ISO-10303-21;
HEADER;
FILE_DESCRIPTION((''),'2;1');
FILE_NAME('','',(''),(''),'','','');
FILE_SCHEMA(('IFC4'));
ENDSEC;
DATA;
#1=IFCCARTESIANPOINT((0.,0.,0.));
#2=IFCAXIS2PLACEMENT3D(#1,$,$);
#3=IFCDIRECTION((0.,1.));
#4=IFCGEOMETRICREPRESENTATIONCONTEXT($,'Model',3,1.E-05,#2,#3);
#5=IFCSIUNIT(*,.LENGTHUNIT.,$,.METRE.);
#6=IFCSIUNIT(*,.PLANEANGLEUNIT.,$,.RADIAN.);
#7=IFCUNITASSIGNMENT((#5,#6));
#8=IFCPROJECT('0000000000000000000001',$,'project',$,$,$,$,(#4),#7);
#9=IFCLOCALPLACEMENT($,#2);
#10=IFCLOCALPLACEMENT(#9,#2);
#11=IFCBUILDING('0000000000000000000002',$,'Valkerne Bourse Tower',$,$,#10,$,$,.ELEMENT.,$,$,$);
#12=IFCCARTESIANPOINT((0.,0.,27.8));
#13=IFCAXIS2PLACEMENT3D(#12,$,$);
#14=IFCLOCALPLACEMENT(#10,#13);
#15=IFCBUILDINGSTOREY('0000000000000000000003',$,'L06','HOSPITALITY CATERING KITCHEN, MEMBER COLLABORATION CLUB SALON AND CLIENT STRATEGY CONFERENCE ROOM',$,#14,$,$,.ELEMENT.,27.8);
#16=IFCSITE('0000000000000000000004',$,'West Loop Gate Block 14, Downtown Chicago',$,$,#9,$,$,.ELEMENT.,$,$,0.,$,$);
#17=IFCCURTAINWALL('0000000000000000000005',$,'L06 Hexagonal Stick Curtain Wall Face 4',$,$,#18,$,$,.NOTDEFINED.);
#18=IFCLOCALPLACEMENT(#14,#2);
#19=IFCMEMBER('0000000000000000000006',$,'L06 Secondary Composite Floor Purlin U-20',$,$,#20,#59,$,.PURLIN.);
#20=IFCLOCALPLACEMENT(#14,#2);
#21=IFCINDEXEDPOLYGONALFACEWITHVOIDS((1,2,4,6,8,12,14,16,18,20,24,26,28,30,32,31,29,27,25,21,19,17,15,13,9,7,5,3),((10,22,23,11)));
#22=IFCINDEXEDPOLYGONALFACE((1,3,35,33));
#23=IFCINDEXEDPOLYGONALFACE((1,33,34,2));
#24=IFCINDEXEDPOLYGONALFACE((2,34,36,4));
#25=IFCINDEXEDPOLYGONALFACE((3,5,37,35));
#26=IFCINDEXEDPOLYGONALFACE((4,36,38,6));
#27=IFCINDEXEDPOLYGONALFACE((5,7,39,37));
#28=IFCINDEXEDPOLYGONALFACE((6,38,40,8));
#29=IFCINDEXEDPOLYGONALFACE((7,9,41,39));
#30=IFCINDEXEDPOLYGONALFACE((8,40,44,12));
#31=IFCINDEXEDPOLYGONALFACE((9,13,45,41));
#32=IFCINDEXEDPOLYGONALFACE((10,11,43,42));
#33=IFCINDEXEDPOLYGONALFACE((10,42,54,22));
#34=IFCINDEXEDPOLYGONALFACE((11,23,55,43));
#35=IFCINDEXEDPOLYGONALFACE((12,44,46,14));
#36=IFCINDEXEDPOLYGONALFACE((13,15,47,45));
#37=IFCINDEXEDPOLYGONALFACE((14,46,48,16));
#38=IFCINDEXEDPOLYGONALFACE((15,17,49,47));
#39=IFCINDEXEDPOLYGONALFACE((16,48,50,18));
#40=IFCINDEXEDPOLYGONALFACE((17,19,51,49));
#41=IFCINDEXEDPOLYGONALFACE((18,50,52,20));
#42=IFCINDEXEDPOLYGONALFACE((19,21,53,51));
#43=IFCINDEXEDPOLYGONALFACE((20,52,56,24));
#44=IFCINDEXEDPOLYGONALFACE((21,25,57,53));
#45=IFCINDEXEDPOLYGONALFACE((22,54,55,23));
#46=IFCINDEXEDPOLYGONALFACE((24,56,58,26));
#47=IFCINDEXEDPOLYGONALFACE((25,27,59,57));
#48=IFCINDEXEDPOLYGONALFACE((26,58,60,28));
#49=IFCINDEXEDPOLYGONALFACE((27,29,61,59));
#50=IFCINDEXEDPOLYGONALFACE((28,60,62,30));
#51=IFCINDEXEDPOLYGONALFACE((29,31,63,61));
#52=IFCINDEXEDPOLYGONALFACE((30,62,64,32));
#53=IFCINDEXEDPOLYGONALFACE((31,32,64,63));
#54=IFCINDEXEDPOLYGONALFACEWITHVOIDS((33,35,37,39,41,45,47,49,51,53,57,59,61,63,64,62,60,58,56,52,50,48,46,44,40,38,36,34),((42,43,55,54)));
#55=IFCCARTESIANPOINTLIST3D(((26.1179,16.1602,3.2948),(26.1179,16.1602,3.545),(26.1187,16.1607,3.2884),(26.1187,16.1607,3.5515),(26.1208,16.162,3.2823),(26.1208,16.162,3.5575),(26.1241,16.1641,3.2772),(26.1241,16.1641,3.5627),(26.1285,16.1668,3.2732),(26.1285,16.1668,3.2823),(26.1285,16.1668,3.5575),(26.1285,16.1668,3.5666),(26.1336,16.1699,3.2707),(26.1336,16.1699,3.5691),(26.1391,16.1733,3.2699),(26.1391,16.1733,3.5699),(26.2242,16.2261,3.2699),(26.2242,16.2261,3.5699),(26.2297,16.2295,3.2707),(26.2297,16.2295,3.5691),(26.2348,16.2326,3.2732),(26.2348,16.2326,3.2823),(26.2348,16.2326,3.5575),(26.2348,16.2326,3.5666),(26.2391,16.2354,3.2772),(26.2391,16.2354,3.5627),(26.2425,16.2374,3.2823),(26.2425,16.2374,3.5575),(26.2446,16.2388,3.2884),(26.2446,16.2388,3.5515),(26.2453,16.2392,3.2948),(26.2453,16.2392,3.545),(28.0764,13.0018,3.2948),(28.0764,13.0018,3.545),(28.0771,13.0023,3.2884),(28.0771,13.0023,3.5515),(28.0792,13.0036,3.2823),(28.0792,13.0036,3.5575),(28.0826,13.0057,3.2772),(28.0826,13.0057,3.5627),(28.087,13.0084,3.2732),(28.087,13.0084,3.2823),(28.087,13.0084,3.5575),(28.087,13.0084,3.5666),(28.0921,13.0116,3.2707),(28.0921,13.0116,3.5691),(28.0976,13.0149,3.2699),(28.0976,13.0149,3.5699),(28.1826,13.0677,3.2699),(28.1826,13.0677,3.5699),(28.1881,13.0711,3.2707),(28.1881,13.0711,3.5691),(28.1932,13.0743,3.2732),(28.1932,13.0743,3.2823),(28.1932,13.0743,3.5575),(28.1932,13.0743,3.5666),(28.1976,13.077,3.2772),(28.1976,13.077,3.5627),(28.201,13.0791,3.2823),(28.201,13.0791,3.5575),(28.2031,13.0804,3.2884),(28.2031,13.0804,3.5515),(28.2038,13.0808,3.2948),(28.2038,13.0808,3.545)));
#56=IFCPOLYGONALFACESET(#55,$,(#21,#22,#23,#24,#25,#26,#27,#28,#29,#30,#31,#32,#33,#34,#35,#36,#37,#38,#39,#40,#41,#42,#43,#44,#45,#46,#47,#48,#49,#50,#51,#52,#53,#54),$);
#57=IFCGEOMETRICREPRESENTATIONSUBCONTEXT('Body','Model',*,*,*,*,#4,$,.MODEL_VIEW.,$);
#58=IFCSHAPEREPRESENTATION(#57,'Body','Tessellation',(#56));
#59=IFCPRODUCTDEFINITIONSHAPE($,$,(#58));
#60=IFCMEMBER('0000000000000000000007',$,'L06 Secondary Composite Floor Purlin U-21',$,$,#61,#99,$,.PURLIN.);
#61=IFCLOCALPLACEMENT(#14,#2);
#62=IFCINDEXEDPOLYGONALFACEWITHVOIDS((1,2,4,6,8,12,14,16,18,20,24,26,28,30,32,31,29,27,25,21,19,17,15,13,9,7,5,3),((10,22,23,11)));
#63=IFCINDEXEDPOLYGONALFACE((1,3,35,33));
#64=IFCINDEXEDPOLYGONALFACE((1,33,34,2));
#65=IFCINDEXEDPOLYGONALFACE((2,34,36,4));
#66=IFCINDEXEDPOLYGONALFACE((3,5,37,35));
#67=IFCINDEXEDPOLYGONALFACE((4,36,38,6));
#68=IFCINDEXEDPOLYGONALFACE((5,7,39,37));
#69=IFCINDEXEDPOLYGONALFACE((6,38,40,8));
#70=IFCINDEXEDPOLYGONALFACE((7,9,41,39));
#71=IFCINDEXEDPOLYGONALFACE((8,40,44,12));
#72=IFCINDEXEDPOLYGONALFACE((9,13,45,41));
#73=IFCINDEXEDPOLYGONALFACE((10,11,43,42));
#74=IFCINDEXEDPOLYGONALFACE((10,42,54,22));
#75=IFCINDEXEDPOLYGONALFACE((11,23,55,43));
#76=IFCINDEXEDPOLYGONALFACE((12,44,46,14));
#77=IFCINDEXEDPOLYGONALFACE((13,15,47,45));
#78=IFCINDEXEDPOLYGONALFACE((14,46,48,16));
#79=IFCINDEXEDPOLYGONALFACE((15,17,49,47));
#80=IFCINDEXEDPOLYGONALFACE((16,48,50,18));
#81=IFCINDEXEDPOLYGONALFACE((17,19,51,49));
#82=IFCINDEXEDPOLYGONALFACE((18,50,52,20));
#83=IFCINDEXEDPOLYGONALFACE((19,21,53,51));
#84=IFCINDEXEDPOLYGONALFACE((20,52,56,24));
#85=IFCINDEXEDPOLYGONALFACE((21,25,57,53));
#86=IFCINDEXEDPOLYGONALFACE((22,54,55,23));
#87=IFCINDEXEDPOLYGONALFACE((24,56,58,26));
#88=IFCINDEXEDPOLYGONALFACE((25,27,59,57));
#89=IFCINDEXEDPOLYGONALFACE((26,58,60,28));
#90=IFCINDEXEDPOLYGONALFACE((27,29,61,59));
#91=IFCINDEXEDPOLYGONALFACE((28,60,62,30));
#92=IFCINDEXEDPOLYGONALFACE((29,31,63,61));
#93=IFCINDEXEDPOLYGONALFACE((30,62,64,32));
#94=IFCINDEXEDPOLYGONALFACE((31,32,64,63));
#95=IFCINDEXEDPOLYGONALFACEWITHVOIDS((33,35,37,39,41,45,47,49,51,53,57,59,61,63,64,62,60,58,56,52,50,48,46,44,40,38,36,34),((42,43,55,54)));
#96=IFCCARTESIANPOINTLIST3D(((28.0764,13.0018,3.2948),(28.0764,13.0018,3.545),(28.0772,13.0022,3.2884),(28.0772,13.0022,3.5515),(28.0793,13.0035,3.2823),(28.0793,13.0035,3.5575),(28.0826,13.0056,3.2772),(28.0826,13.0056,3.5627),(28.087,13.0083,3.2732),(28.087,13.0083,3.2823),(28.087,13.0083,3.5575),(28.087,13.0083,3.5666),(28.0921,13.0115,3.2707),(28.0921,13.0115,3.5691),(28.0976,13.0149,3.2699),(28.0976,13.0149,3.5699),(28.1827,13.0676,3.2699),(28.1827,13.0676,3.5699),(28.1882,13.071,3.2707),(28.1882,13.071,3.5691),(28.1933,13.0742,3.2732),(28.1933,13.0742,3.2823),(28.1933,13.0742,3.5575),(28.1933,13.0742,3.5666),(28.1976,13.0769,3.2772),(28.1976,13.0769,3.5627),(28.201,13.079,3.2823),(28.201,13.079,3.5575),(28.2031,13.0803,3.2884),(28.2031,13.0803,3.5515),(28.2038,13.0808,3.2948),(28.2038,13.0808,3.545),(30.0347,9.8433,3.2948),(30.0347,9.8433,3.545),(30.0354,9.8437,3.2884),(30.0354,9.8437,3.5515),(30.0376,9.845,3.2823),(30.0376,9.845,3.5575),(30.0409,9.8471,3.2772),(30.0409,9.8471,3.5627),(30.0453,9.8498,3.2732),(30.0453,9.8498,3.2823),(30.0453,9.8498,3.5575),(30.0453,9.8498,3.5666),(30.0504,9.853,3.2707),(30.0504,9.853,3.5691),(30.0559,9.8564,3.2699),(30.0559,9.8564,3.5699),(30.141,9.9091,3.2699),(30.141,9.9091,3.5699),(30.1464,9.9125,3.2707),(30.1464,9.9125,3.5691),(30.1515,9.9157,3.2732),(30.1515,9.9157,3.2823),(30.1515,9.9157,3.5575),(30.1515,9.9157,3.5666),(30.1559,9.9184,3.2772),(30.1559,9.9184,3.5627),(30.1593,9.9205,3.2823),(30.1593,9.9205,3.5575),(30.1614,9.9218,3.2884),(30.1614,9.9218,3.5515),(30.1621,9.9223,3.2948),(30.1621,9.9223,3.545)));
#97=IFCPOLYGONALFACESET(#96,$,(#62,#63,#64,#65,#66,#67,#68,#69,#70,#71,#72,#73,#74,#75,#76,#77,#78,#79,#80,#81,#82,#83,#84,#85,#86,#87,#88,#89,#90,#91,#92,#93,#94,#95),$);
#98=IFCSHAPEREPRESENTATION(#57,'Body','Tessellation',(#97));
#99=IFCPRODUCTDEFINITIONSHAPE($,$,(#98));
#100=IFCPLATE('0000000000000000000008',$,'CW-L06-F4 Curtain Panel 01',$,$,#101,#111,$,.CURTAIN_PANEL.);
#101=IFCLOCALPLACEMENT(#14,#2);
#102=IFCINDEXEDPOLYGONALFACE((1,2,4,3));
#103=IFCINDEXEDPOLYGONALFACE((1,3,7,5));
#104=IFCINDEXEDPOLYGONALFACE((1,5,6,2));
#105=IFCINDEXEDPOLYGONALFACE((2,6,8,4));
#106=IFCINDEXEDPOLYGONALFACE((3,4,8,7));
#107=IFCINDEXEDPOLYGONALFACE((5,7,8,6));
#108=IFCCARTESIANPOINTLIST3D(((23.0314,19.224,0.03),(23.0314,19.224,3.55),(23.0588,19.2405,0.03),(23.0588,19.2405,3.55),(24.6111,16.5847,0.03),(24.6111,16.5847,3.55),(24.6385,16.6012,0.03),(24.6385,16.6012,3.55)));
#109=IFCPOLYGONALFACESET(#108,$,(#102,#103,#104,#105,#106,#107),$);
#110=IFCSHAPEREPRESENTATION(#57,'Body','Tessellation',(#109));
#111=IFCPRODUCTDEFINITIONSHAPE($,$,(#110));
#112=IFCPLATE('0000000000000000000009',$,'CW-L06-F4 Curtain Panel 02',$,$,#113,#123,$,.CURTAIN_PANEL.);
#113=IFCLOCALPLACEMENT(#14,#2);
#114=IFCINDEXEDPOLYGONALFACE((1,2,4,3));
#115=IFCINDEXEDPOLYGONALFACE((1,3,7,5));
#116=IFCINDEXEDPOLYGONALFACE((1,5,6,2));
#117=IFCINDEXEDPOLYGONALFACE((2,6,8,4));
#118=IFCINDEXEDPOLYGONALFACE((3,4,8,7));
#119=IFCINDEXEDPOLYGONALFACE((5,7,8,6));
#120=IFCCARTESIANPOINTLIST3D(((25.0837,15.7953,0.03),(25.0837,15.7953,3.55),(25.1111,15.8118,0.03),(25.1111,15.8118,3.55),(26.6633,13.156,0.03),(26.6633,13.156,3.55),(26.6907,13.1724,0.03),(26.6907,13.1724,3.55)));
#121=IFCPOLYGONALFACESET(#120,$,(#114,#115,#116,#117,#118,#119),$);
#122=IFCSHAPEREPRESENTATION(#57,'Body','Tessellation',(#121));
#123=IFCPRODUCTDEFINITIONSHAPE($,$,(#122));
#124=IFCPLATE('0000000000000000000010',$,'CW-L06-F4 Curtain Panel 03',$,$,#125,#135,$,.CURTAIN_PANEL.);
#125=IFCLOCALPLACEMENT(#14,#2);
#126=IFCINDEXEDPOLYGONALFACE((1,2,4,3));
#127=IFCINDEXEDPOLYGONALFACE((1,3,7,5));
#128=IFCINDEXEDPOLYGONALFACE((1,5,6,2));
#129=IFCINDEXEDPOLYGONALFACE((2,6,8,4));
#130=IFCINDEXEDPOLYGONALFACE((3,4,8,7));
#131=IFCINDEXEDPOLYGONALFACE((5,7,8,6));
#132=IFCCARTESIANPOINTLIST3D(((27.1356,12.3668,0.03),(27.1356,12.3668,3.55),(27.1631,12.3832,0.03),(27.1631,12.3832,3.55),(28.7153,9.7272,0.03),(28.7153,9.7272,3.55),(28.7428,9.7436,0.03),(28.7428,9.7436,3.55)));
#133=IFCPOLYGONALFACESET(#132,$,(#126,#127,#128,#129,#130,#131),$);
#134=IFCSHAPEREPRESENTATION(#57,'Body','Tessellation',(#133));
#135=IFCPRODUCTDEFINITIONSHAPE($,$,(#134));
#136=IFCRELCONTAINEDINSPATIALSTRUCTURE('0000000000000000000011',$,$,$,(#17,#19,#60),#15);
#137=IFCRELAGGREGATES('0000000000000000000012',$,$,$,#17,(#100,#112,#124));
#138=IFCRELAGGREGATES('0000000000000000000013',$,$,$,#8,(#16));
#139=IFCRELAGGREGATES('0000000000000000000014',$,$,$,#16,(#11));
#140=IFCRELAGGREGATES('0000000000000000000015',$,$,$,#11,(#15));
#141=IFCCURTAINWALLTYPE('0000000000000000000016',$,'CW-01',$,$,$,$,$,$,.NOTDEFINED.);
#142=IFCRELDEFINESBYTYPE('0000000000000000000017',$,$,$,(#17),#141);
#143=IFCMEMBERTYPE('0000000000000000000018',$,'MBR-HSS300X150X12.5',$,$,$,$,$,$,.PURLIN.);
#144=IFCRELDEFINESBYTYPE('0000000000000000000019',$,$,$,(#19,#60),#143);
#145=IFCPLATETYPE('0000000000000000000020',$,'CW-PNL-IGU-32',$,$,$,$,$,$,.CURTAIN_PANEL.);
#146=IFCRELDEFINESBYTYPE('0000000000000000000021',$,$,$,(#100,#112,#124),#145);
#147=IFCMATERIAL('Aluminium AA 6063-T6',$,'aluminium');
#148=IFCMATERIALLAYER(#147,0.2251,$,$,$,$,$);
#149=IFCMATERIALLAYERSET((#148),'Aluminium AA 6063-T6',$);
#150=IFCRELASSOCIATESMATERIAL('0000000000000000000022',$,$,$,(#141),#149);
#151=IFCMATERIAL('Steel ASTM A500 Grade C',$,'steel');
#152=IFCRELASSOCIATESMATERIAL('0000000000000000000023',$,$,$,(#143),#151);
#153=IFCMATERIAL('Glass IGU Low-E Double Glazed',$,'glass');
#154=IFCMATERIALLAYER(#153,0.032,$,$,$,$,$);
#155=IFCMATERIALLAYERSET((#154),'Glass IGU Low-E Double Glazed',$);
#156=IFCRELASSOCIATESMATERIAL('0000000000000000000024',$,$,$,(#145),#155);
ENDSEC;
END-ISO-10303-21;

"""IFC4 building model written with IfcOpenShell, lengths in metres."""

from ifc_helpers import new_model, si_unit, direction, frame, origin, origin_2d, place, context, subcontext, project, spatial, rectangle, hollow_rectangle, extrude, material, layer, layer_set, material_profile, profile_set, type_object, element, aggregate, save


model = new_model("IFC4")

# Units and contexts
model_context = context("Model", 3, precision=1e-05, world=origin(), true_north=direction((0.0, 1.0)))
body_context = subcontext(model_context, "Body", "Model", "MODEL_VIEW")
ifc_project = project(units=[si_unit("LENGTHUNIT", "METRE"), si_unit("PLANEANGLEUNIT", "RADIAN")], contexts=[model_context])

# Site, building, storey
site_placement = place(None, origin())
site = spatial("IfcSite", under=ifc_project, at=site_placement, Name="West Loop Gate Block 14, Downtown Chicago", CompositionType="ELEMENT", RefElevation=0.0)
building_placement = place(site_placement, origin())
building = spatial("IfcBuilding", under=site, at=building_placement, Name="Valkerne Bourse Tower", CompositionType="ELEMENT")
storey_placement = place(building_placement, frame((0.0, 0.0, 27.8)))
storey = spatial("IfcBuildingStorey", under=building, at=storey_placement, Name="L06", Description="HOSPITALITY CATERING KITCHEN, MEMBER COLLABORATION CLUB SALON AND CLIENT STRATEGY CONFERENCE ROOM", CompositionType="ELEMENT", Elevation=27.8)

# Curtain wall
ifc_material_1 = material(Name="Aluminium AA 6063-T6", Category="aluminium")
ifc_layer_1 = layer(ifc_material_1, 0.2251)
ifc_layer_set_1 = layer_set([ifc_layer_1], Name="Aluminium AA 6063-T6")
curtain_wall_type = type_object("IfcCurtainWallType", Name="CW-01", PredefinedType="NOTDEFINED", material=ifc_layer_set_1)
curtain_wall_placement = place(storey_placement, origin())
curtain_wall = element("IfcCurtainWall", 1, at=curtain_wall_placement, inside=storey, type_object=curtain_wall_type, Name="L06 Hexagonal Stick Curtain Wall Face 4", PredefinedType="NOTDEFINED")

# Members
ifc_material_2 = material(Name="Steel ASTM A500 Grade C", Category="steel")
ifc_material_profile_1 = material_profile(ifc_material_2, hollow_rectangle(XDim=0.1499, YDim=0.3, WallThickness=0.0125, OuterFilletRadius=0.0249, at=origin_2d()), Name="HSS300X150X12.5")
ifc_profile_set_1 = profile_set([ifc_material_profile_1], Name="Steel ASTM A500 Grade C")
member_type_1 = type_object("IfcMemberType", Name="MBR-HSS300X150X12.5", PredefinedType="PURLIN", material=ifc_profile_set_1)
for number, where, z_axis, x_axis, name in (
    (2, (26.1816, 16.1997, 3.4199), (0.52699, -0.849872, 0.0), (0.849872, 0.52699, 0.0), "L06 Secondary Composite Floor Purlin U-20"),
    (3, (28.1401, 13.0413, 3.4199), (0.526943, -0.849901, 0.0), (0.849901, 0.526943, 0.0), "L06 Secondary Composite Floor Purlin U-21"),
):
    element("IfcMember", number, at=place(storey_placement, frame(where, z_axis=z_axis, x_axis=x_axis)), inside=storey, type_object=member_type_1, Name=name, PredefinedType="PURLIN", context=body_context, shape_type="SweptSolid", body=[
        extrude(hollow_rectangle(XDim=0.1499, YDim=0.3, WallThickness=0.0125, OuterFilletRadius=0.0249, at=origin_2d()), origin(), (0.0, 0.0, 1.0), 3.7163),
    ])

# Plates
ifc_material_3 = material(Name="Glass IGU Low-E Double Glazed", Category="glass")
ifc_layer_2 = layer(ifc_material_3, 0.032)
ifc_layer_set_2 = layer_set([ifc_layer_2], Name="Glass IGU Low-E Double Glazed")
plate_type = type_object("IfcPlateType", Name="CW-PNL-IGU-32", PredefinedType="CURTAIN_PANEL", material=ifc_layer_set_2)
plate_1_placement = place(storey_placement, frame((23.835, 17.9126, 0.03), z_axis=(0.0, 0.0, 1.0), x_axis=(0.513561, -0.858053, 0.0)))
plate_1 = element("IfcPlate", 4, at=plate_1_placement, type_object=plate_type, Name="CW-L06-F4 Curtain Panel 01", PredefinedType="CURTAIN_PANEL", context=body_context, shape_type="SweptSolid", body=[
    extrude(rectangle(XDim=3.0759, YDim=0.032, at=origin_2d()), origin(), (0.0, 0.0, 1.0), 3.52),
])
plate_2_placement = place(storey_placement, frame((25.8872, 14.4839, 0.03), z_axis=(0.0, 0.0, 1.0), x_axis=(0.513542, -0.858064, 0.0)))
plate_2 = element("IfcPlate", 5, at=plate_2_placement, type_object=plate_type, Name="CW-L06-F4 Curtain Panel 02", PredefinedType="CURTAIN_PANEL", context=body_context, shape_type="SweptSolid", body=[
    extrude(rectangle(XDim=3.0759, YDim=0.032, at=origin_2d()), origin(), (0.0, 0.0, 1.0), 3.52),
])
plate_3_placement = place(storey_placement, frame((27.9392, 11.0552, 0.03), z_axis=(0.0, 0.0, 1.0), x_axis=(0.513531, -0.858071, 0.0)))
plate_3 = element("IfcPlate", 6, at=plate_3_placement, type_object=plate_type, Name="CW-L06-F4 Curtain Panel 03", PredefinedType="CURTAIN_PANEL", context=body_context, shape_type="SweptSolid", body=[
    extrude(rectangle(XDim=3.0762, YDim=0.032, at=origin_2d()), origin(), (0.0, 0.0, 1.0), 3.52),
])
aggregate(curtain_wall, [plate_1, plate_2, plate_3])

save(model, "model.ifc")
